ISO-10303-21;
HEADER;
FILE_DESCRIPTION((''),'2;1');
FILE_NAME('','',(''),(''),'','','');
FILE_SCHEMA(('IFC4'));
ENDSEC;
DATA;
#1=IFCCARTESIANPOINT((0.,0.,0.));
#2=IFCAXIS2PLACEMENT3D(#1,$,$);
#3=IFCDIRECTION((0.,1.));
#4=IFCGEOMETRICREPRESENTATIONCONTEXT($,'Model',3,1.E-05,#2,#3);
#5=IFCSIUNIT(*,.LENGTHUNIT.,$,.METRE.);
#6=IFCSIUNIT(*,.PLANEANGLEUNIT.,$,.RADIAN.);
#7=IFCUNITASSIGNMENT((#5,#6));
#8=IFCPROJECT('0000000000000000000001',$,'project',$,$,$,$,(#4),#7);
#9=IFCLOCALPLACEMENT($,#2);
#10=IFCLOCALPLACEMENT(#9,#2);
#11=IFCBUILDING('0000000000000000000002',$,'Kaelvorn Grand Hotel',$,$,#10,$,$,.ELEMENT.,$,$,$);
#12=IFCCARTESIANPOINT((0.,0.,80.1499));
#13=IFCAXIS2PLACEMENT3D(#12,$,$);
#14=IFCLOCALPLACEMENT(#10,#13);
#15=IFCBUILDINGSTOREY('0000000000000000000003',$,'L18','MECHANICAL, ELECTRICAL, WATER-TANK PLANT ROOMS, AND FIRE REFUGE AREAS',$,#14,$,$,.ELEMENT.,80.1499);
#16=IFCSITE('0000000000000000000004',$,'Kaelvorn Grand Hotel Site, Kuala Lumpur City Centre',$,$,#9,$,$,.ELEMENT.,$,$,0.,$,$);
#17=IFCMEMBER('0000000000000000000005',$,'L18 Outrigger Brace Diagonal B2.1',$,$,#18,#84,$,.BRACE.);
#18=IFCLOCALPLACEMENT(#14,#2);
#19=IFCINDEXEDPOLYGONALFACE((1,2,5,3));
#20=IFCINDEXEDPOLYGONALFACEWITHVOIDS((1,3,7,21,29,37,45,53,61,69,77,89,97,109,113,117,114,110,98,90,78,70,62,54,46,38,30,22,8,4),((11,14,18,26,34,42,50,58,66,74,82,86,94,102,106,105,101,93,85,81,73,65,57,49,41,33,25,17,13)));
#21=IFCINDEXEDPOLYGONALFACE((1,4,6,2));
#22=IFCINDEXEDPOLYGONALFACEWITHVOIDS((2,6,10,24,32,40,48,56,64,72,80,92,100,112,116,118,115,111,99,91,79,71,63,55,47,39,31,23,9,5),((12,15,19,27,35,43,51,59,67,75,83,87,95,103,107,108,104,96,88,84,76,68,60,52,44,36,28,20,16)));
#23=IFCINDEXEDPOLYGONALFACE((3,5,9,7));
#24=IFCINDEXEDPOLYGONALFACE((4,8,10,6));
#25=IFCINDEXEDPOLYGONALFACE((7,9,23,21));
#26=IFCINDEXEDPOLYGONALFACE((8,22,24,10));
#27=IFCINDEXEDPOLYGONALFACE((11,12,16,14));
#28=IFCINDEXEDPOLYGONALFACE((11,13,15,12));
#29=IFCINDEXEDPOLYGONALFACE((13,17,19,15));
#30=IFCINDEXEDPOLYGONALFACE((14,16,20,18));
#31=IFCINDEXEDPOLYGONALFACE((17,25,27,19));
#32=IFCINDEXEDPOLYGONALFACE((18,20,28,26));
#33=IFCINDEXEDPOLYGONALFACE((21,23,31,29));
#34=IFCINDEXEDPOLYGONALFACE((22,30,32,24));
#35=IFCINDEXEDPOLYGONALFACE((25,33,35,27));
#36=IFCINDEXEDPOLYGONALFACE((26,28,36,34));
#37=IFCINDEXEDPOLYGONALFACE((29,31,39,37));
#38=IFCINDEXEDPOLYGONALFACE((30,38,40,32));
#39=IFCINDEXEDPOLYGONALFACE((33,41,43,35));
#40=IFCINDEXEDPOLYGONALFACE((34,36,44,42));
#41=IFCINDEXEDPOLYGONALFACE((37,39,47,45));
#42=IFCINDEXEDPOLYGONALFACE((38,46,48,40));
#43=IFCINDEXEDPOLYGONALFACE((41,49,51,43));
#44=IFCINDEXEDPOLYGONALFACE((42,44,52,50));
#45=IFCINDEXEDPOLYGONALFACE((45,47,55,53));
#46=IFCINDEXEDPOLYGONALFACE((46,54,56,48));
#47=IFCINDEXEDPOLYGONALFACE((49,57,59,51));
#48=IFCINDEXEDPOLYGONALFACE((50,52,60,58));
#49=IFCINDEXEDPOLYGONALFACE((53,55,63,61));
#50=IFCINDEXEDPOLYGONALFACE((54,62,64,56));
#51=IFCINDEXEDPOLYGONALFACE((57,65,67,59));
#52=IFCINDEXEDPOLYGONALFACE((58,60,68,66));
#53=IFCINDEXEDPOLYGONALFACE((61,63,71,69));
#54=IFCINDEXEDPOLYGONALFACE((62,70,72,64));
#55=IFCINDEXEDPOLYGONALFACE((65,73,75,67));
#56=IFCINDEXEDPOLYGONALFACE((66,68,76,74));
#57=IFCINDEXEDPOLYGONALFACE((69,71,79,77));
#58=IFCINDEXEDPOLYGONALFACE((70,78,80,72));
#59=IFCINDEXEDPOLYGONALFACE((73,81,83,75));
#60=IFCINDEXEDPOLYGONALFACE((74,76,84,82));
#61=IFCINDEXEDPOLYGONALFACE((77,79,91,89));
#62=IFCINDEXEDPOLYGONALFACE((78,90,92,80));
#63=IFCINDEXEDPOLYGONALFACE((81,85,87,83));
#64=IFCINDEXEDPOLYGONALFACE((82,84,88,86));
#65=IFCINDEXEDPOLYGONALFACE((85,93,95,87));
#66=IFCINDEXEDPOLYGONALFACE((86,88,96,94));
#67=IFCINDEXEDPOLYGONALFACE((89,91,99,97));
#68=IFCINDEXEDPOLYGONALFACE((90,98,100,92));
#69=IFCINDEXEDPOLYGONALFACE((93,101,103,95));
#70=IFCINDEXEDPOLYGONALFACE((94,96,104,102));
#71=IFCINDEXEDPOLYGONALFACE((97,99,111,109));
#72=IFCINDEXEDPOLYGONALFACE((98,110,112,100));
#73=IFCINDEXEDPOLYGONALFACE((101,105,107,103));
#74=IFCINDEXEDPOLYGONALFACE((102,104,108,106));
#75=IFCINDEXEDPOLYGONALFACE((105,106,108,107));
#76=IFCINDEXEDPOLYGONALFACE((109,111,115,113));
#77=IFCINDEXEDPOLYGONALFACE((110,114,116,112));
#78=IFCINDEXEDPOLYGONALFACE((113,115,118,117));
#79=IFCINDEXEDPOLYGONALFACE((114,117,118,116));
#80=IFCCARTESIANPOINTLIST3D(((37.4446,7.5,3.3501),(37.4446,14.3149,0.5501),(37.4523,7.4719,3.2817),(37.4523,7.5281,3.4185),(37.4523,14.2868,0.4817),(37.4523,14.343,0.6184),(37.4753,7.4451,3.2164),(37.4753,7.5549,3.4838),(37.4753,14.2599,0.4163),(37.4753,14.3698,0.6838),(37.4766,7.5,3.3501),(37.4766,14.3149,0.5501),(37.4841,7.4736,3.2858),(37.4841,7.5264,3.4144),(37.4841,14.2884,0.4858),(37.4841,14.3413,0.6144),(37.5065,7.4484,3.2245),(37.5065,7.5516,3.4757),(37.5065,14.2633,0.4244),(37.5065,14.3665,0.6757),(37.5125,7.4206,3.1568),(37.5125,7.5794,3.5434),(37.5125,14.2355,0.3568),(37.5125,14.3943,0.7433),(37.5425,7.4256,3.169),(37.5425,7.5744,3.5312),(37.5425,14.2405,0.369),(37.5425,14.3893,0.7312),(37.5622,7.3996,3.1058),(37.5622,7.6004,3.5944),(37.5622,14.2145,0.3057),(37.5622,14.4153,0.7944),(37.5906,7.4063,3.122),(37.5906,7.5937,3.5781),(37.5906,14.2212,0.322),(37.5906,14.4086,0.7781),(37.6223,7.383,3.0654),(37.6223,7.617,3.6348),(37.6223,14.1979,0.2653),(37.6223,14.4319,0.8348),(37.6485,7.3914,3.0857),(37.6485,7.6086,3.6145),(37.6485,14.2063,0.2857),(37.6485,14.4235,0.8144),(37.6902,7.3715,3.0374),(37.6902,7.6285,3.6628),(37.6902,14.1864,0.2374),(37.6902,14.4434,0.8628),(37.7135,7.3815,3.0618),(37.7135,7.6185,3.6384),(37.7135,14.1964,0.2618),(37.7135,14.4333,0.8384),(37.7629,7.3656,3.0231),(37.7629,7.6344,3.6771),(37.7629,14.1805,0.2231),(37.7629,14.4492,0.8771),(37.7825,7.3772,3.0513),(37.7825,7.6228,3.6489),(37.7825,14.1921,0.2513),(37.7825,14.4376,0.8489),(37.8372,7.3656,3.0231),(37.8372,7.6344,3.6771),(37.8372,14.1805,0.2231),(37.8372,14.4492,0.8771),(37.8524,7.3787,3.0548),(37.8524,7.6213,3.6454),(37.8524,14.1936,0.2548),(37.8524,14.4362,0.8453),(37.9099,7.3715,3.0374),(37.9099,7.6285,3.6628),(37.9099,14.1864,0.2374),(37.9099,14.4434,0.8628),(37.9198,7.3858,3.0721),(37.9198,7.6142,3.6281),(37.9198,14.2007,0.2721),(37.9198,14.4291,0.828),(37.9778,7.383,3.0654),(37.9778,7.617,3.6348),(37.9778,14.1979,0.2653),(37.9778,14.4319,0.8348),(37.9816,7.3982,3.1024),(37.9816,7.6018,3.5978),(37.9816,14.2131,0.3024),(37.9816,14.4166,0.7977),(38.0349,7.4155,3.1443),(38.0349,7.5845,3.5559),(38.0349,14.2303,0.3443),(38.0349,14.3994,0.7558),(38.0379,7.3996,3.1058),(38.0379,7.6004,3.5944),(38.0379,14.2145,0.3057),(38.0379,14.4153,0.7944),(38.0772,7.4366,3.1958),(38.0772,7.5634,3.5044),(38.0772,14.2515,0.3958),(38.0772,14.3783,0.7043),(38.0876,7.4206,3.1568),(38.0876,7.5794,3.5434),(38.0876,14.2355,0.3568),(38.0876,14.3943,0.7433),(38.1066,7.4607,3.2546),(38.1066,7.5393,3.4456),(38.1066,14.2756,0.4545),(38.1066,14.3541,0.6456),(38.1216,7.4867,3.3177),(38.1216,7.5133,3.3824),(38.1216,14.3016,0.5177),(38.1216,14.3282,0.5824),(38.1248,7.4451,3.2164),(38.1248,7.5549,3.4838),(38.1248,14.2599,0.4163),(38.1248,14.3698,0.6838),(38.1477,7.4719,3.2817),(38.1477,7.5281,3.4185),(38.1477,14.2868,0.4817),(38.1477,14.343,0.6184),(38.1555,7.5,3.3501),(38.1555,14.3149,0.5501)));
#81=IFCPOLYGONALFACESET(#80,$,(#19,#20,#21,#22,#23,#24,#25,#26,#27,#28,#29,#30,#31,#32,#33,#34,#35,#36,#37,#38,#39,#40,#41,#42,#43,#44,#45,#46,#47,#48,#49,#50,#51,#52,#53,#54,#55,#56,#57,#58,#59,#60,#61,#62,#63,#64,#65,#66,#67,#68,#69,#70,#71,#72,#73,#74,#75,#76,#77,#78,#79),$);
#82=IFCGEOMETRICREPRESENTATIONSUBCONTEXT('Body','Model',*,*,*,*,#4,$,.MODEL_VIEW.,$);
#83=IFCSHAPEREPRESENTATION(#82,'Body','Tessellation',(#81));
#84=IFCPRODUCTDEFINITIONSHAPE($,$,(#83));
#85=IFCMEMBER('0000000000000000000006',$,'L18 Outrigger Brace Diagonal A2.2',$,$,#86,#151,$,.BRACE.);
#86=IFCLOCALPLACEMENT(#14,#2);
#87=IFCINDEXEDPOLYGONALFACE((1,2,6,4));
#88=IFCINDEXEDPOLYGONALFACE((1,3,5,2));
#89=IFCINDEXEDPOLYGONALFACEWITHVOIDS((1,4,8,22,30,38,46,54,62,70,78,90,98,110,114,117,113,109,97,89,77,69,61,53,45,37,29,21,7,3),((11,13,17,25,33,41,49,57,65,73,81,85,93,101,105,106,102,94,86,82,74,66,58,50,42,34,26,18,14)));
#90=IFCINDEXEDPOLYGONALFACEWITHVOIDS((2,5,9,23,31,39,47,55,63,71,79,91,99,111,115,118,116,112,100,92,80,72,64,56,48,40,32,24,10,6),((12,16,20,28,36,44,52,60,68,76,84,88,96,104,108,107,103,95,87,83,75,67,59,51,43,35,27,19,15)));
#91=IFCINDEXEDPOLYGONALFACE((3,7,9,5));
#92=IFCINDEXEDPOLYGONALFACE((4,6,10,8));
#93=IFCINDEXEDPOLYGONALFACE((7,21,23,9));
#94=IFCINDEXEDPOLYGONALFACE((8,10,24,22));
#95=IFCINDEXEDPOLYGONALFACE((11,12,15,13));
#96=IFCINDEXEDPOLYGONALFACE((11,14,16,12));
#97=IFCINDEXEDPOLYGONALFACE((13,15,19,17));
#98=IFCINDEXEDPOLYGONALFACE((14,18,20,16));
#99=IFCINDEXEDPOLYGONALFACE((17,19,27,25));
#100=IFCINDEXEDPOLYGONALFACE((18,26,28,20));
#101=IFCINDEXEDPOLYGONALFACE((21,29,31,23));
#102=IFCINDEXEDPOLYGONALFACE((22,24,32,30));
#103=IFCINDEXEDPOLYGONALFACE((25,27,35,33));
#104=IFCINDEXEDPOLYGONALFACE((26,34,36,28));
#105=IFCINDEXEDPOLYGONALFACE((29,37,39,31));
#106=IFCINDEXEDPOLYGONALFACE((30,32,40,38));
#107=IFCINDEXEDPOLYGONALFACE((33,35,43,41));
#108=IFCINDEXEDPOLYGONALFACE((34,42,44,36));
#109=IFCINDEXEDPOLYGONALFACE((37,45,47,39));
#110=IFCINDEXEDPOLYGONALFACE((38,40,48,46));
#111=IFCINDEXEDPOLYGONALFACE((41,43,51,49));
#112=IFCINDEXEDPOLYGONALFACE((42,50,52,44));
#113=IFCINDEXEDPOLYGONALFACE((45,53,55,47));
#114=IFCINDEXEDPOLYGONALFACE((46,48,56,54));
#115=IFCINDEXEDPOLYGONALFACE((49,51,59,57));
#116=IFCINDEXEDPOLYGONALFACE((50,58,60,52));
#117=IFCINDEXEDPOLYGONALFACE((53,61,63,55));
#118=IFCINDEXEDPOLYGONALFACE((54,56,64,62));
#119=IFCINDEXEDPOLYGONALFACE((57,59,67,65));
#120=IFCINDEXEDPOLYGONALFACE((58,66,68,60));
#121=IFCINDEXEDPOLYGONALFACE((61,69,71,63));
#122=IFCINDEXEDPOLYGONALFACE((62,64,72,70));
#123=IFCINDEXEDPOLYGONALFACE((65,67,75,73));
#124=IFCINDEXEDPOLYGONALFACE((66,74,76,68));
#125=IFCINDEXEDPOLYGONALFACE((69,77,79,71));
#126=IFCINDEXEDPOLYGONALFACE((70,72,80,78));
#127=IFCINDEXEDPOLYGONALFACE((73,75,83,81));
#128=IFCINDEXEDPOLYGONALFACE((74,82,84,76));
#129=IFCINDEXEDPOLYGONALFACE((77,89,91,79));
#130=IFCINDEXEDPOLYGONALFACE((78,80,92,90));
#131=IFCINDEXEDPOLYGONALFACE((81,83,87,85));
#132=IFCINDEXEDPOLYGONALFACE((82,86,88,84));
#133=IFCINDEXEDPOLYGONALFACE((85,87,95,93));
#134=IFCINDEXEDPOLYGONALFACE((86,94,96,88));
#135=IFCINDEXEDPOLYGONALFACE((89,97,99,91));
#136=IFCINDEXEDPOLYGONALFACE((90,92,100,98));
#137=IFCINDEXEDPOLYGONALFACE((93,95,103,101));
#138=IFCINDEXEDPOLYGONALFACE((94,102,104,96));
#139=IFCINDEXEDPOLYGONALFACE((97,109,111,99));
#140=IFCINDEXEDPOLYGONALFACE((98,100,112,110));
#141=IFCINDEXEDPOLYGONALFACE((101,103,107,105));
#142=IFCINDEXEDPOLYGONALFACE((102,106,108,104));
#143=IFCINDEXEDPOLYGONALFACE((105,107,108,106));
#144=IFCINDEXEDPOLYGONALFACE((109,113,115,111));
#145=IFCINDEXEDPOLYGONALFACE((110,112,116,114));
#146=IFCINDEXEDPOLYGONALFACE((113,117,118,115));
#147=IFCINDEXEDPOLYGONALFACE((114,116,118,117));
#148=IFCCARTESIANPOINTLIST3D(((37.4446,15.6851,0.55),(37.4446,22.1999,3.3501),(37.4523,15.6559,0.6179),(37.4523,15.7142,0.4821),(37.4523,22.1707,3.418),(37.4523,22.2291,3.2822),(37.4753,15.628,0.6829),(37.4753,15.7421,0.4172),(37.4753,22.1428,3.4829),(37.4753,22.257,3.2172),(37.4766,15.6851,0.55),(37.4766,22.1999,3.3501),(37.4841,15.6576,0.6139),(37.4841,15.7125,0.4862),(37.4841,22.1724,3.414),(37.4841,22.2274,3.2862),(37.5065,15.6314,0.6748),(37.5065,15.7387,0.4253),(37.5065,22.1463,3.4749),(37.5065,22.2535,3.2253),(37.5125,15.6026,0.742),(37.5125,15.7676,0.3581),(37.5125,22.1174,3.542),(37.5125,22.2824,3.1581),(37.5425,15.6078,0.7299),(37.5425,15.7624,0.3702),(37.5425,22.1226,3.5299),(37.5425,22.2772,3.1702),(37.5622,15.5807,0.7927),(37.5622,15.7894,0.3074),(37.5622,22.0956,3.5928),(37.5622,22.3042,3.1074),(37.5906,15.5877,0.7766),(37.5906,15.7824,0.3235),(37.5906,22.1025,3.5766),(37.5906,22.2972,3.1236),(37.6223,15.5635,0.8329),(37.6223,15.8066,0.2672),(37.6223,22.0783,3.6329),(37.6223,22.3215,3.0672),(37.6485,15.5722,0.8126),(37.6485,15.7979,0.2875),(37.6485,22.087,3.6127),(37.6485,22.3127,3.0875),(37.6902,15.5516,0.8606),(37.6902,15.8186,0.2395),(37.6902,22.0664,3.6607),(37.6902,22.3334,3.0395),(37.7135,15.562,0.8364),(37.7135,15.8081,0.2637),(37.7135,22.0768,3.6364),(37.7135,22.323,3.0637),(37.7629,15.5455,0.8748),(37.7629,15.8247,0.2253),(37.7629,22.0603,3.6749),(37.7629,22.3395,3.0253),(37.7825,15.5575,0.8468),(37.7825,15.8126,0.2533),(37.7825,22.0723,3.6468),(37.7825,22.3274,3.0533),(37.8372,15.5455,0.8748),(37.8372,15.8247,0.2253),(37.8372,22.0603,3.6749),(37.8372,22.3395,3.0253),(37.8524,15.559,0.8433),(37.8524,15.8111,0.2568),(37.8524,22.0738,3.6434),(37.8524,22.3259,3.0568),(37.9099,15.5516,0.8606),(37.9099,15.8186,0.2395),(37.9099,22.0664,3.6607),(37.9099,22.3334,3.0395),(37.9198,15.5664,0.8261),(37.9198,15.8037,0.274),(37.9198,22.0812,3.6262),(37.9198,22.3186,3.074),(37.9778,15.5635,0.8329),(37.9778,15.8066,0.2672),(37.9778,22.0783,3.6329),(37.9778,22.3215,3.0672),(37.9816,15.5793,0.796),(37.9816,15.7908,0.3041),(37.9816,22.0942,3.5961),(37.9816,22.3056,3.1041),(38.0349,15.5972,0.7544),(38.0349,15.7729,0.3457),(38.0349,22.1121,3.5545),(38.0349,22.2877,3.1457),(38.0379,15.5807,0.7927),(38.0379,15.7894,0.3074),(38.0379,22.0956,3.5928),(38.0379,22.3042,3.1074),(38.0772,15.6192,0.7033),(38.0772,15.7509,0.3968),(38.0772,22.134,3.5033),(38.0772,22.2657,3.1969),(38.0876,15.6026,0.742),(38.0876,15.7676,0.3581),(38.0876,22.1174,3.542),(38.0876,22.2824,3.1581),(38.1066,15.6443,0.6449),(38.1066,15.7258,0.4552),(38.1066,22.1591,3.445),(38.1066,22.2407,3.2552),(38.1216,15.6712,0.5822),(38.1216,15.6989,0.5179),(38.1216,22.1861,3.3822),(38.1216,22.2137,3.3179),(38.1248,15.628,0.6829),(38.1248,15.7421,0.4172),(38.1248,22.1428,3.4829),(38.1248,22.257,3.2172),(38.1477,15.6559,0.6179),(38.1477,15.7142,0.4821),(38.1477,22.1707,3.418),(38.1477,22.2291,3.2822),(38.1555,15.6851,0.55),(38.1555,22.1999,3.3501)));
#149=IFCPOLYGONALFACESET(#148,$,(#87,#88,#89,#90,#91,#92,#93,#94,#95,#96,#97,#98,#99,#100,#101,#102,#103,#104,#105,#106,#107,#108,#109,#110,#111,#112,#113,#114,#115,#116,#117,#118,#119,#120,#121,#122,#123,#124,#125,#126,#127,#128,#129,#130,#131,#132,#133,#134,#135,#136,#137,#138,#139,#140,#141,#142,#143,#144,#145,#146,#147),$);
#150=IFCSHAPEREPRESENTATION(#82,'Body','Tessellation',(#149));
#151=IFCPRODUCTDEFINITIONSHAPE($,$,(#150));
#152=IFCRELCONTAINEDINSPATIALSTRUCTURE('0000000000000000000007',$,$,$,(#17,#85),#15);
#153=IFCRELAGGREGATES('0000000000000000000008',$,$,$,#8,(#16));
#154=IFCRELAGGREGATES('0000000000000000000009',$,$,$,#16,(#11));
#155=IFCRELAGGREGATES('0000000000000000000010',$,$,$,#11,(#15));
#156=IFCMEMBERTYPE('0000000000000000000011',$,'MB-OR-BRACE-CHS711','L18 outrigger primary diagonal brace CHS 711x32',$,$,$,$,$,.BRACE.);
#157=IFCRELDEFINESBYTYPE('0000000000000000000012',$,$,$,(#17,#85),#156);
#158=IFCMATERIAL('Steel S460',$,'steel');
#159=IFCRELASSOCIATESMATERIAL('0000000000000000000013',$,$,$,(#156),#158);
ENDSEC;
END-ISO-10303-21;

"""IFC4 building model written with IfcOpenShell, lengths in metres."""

from ifc_helpers import new_model, si_unit, direction, frame, origin, origin_2d, place, context, subcontext, project, spatial, hollow_circle, extrude, material, material_profile, profile_set, type_object, element, save


model = new_model("IFC4")

# Units and contexts
model_context = context("Model", 3, precision=1e-05, world=origin(), true_north=direction((0.0, 1.0)))
body_context = subcontext(model_context, "Body", "Model", "MODEL_VIEW")
ifc_project = project(units=[si_unit("LENGTHUNIT", "METRE"), si_unit("PLANEANGLEUNIT", "RADIAN")], contexts=[model_context])

# Site, building, storey
site_placement = place(None, origin())
site = spatial("IfcSite", under=ifc_project, at=site_placement, Name="Kaelvorn Grand Hotel Site, Kuala Lumpur City Centre", CompositionType="ELEMENT", RefElevation=0.0)
building_placement = place(site_placement, origin())
building = spatial("IfcBuilding", under=site, at=building_placement, Name="Kaelvorn Grand Hotel", CompositionType="ELEMENT")
storey_placement = place(building_placement, frame((0.0, 0.0, 80.1499)))
storey = spatial("IfcBuildingStorey", under=building, at=storey_placement, Name="L18", Description="MECHANICAL, ELECTRICAL, WATER-TANK PLANT ROOMS, AND FIRE REFUGE AREAS", CompositionType="ELEMENT", Elevation=80.1499)

# Shared definitions
ifc_material_1 = material(Name="Steel S460", Category="steel")

# Members
ifc_material_profile_1 = material_profile(ifc_material_1, hollow_circle(Radius=0.3555, WallThickness=0.032, at=origin_2d()), Name="CHS 711.0x32.0")
ifc_profile_set_1 = profile_set([ifc_material_profile_1], Name="Steel S460")
member_type_1 = type_object("IfcMemberType", Name="MB-OR-BRACE-CHS711", Description="L18 outrigger primary diagonal brace CHS 711x32", PredefinedType="BRACE", material=ifc_profile_set_1)
for number, where, z_axis, x_axis, name in (
    (1, (37.8, 7.5, 3.3501), (0.0, 0.924969, -0.380041), (-1.0, 0.0, 0.0), "L18 Outrigger Brace Diagonal B2.1"),
):
    element("IfcMember", number, at=place(storey_placement, frame(where, z_axis=z_axis, x_axis=x_axis)), inside=storey, type_object=member_type_1, Name=name, PredefinedType="BRACE", context=body_context, shape_type="SweptSolid", body=[
        extrude(hollow_circle(Radius=0.3555, WallThickness=0.032, at=origin_2d()), origin(), (0.0, 0.0, 1.0), 7.3677),
    ])
member_1_placement = place(storey_placement, frame((37.8, 15.6851, 0.55), z_axis=(0.0, 0.918739, 0.394866), x_axis=(-1.0, 0.0, 0.0)))
element("IfcMember", 2, at=member_1_placement, inside=storey, type_object=member_type_1, Name="L18 Outrigger Brace Diagonal A2.2", PredefinedType="BRACE", context=body_context, shape_type="SweptSolid", body=[
    extrude(hollow_circle(Radius=0.3555, WallThickness=0.032, at=origin_2d()), origin(), (0.0, 0.0, 1.0), 7.0911),
])

save(model, "model.ifc")
